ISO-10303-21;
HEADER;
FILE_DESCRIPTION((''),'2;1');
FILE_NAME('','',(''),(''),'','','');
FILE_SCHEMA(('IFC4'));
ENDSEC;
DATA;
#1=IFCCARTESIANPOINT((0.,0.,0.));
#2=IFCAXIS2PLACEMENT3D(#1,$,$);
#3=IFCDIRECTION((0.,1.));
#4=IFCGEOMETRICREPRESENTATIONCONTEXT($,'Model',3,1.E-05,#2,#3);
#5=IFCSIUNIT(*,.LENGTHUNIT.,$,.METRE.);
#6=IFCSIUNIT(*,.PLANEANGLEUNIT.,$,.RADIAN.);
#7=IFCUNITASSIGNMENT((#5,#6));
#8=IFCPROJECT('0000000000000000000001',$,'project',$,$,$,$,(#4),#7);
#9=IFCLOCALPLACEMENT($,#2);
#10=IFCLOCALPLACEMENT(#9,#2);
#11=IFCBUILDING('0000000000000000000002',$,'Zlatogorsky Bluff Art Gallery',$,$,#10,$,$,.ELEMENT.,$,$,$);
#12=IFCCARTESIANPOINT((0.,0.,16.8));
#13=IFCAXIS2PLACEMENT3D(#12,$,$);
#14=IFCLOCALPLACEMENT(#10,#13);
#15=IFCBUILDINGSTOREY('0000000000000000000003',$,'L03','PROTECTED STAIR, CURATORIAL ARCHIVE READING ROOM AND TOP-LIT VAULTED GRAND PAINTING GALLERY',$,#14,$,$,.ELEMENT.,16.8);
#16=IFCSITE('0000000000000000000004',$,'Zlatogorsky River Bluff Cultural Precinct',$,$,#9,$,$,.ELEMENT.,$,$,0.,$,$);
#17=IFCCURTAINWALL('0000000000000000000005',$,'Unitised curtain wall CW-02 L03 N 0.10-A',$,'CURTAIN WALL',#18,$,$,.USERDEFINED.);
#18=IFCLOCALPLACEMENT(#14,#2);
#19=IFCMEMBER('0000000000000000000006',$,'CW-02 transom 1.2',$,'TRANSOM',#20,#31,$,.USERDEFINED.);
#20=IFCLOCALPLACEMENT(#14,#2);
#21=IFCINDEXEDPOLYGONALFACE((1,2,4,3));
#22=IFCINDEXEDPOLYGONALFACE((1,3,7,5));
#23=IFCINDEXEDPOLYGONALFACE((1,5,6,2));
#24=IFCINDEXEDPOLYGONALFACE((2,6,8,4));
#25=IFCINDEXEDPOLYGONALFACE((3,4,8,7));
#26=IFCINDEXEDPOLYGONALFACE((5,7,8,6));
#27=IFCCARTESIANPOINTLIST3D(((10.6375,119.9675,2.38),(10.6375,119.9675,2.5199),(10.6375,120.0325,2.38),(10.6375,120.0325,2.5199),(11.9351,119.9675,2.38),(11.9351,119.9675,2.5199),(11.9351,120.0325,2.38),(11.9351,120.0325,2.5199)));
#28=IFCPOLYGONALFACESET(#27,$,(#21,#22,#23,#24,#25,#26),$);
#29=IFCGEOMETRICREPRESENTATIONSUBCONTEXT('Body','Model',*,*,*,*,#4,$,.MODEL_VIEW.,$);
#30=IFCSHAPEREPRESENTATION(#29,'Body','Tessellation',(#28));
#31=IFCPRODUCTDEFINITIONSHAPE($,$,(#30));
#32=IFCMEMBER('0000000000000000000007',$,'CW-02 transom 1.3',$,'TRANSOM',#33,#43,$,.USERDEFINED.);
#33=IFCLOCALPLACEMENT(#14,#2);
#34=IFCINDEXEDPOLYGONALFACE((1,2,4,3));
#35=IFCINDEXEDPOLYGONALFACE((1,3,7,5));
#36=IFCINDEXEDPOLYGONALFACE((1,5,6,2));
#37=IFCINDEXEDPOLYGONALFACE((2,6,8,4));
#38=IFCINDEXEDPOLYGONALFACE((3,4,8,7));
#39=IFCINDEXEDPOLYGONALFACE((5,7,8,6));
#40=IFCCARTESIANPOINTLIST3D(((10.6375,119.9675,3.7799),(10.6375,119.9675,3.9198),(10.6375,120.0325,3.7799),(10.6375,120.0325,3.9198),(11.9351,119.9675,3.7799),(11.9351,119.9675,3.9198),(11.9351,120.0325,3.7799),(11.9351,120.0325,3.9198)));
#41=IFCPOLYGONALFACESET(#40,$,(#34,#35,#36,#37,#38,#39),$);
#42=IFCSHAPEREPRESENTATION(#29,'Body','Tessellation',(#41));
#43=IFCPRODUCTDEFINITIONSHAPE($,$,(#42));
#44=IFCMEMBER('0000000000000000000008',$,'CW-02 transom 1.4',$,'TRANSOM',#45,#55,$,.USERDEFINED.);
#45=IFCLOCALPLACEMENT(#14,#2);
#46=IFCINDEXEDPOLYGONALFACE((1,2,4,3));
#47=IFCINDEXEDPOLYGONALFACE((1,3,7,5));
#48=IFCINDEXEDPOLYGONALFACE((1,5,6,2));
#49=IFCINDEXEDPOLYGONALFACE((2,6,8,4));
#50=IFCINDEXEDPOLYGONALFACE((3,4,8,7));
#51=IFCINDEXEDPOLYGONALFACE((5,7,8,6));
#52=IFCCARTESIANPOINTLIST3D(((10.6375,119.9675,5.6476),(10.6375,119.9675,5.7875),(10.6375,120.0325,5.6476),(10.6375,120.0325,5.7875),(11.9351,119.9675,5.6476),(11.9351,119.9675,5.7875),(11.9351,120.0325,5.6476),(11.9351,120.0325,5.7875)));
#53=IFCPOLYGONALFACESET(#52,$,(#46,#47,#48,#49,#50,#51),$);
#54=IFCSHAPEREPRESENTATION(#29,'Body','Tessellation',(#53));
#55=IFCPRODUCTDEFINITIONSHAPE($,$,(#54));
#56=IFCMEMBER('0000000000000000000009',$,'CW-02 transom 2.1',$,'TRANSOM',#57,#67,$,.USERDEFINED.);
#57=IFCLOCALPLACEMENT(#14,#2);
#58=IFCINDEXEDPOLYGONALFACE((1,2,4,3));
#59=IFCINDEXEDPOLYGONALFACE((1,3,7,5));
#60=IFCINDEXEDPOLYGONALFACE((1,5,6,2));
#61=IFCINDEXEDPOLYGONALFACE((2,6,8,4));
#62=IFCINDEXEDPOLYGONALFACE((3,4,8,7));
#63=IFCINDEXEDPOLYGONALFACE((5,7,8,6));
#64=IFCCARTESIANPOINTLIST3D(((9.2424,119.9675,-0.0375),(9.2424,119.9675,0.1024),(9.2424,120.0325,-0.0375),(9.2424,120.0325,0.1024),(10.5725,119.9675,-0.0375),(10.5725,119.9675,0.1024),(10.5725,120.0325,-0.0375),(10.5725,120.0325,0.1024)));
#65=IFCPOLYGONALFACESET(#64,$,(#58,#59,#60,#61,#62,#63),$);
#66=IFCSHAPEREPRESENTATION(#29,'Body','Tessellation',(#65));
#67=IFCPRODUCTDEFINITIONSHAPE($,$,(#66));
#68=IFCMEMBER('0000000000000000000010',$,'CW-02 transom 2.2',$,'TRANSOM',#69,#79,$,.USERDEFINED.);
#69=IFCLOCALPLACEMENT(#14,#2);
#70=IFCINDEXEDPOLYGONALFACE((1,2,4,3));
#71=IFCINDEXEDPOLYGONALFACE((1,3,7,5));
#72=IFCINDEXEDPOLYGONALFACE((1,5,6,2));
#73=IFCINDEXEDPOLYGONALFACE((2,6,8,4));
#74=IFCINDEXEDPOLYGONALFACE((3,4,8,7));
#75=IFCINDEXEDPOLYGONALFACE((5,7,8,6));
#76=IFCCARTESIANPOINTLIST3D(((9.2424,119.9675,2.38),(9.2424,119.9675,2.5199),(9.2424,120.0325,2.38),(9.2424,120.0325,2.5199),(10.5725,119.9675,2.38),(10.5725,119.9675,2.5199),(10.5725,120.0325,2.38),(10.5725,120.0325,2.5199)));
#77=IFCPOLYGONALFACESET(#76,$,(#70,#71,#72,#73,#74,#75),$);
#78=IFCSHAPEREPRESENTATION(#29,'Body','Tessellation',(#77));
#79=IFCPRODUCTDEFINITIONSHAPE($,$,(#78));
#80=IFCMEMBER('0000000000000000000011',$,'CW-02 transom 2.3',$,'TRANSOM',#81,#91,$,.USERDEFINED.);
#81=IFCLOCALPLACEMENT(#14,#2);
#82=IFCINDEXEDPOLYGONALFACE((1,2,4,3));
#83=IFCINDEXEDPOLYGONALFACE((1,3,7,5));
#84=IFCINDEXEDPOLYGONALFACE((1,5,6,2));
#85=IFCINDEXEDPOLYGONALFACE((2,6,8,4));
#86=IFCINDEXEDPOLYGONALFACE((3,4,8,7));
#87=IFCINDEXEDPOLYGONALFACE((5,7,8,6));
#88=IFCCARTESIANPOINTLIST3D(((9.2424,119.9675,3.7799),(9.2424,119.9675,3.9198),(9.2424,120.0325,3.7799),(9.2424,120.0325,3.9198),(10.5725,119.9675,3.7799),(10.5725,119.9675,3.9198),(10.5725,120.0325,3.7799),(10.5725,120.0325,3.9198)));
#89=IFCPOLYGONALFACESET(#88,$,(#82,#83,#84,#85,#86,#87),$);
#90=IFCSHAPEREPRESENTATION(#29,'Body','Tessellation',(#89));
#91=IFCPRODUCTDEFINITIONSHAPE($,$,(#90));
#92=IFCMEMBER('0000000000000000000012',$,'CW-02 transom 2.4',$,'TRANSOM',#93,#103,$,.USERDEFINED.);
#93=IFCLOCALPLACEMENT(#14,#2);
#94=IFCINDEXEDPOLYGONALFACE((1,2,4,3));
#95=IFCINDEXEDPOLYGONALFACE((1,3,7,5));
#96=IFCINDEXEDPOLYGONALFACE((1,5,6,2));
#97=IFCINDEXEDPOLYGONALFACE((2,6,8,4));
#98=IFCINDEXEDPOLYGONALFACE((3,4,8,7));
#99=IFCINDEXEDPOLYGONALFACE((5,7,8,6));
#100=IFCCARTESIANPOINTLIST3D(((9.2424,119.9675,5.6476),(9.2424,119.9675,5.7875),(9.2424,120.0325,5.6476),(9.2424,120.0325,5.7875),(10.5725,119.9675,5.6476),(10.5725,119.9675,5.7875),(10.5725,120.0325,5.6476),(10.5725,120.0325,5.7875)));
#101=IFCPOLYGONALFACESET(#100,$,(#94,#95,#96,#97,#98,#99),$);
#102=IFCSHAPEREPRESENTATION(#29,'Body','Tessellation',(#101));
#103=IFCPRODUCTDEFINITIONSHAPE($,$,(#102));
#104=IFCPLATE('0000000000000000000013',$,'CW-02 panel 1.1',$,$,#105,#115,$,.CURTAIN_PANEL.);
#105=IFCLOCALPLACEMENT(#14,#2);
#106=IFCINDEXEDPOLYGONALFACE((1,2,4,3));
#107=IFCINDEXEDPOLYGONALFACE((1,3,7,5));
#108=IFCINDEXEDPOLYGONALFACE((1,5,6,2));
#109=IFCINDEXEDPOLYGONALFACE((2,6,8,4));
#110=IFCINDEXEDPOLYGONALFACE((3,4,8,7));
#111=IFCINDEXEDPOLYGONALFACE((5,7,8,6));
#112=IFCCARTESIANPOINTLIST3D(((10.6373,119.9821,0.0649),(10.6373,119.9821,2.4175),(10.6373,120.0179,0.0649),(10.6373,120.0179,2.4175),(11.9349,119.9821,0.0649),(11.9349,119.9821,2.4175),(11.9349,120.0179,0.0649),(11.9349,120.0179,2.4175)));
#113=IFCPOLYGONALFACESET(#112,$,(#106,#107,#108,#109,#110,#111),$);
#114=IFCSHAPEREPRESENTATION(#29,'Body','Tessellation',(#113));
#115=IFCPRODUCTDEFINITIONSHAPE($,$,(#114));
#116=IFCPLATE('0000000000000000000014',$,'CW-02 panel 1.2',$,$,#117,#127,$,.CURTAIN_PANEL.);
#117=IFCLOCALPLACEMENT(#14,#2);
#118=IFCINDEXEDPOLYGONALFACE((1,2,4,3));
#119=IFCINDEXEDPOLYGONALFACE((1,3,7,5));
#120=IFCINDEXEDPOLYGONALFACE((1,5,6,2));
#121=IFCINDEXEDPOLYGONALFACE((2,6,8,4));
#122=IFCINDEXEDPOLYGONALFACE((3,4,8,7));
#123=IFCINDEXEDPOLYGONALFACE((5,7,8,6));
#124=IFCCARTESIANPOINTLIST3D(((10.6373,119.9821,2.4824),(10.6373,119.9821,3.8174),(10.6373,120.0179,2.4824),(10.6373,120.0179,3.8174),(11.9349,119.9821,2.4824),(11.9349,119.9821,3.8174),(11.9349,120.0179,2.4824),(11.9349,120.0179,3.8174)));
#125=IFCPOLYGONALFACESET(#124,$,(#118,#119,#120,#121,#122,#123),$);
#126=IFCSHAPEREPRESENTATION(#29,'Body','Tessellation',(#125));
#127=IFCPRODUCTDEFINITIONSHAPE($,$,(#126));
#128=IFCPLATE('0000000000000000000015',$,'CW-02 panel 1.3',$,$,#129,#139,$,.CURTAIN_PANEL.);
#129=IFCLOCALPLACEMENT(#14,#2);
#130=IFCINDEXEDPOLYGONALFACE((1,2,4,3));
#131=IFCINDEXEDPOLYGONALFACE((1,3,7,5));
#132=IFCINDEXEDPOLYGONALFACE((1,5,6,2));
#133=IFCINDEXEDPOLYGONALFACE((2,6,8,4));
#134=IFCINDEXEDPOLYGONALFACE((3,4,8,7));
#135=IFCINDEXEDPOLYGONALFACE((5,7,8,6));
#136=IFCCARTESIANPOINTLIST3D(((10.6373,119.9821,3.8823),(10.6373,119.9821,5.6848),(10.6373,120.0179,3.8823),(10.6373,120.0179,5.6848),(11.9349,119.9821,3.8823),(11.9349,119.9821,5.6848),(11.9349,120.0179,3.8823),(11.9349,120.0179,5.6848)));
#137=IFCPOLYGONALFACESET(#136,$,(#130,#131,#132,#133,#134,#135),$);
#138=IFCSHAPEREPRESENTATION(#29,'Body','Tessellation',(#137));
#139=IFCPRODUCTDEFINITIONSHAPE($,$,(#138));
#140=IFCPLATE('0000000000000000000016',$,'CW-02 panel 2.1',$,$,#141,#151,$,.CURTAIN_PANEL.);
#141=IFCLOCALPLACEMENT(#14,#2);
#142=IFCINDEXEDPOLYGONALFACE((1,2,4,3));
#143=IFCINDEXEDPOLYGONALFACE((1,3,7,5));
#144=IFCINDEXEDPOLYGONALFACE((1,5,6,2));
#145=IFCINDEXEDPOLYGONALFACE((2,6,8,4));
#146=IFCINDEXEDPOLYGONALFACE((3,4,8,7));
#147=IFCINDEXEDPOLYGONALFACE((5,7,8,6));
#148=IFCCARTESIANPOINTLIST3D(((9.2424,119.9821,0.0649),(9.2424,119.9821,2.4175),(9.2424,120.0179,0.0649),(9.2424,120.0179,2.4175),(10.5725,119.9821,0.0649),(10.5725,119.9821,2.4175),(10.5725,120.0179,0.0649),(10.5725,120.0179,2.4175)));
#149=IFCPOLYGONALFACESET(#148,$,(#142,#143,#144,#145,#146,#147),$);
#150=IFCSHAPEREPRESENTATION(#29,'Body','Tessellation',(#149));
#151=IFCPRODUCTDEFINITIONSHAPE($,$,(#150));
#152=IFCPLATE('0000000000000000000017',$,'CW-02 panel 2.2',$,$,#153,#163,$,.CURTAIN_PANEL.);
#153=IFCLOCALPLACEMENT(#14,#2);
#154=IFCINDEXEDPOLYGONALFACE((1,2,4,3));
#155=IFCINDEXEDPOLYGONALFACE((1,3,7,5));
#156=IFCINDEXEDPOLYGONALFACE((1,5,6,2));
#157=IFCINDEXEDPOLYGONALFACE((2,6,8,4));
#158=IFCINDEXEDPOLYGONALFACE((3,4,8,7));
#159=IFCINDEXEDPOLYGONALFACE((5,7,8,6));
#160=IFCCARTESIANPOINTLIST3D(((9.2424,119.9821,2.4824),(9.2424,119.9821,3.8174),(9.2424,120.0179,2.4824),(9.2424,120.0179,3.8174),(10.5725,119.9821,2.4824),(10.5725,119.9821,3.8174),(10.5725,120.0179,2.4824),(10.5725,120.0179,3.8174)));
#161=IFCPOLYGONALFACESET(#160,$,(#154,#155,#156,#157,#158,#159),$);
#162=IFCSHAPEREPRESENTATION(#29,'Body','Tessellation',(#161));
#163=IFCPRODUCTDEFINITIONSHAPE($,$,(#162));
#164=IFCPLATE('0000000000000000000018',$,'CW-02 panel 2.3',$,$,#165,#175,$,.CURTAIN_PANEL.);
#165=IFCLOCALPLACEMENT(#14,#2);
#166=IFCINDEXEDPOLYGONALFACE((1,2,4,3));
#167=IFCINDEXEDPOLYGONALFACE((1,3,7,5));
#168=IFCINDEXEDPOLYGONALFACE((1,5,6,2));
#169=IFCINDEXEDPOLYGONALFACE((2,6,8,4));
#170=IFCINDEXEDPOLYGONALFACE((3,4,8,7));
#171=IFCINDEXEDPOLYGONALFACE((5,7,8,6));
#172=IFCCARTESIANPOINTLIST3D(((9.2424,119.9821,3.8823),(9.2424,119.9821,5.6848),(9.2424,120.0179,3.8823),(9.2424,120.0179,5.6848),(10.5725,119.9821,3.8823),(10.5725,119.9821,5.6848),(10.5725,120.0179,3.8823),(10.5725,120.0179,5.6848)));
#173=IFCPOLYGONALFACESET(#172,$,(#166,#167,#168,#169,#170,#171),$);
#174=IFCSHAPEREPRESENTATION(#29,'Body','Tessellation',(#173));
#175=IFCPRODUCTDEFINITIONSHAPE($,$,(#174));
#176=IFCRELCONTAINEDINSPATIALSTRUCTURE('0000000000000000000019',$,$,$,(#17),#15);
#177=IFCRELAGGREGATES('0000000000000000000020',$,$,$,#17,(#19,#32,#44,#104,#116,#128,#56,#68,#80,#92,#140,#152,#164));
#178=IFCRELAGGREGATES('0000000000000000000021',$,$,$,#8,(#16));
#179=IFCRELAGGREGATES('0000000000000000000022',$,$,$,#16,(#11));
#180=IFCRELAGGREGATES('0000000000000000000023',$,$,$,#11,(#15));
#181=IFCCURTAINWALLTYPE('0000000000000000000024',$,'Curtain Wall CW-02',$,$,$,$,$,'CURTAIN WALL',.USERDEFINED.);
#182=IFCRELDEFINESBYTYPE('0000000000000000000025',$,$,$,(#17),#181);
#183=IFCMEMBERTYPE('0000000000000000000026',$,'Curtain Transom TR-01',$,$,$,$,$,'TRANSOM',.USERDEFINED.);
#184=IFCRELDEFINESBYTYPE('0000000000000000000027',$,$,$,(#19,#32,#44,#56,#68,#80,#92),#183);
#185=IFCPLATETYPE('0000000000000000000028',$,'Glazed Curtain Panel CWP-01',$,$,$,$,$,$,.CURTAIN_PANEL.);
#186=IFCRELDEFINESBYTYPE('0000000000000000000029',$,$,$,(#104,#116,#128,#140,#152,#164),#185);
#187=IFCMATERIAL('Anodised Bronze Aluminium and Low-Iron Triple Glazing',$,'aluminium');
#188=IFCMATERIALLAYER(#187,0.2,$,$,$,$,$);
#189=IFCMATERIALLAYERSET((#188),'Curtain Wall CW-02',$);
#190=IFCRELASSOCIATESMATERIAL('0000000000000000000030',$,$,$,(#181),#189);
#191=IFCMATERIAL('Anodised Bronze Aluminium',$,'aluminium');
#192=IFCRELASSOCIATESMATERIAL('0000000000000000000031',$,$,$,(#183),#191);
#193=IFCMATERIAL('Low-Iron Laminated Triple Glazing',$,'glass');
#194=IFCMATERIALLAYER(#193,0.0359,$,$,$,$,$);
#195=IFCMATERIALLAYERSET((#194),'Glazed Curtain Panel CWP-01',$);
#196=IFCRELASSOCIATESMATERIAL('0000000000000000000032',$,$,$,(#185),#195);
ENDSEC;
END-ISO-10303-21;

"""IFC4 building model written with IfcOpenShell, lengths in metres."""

from ifc_helpers import new_model, si_unit, direction, frame, origin, origin_2d, place, context, subcontext, project, spatial, rectangle, extrude, material, layer, layer_set, material_profile, profile_set, type_object, element, aggregate, save


model = new_model("IFC4")

# Units and contexts
model_context = context("Model", 3, precision=1e-05, world=origin(), true_north=direction((0.0, 1.0)))
body_context = subcontext(model_context, "Body", "Model", "MODEL_VIEW")
ifc_project = project(units=[si_unit("LENGTHUNIT", "METRE"), si_unit("PLANEANGLEUNIT", "RADIAN")], contexts=[model_context])

# Site, building, storey
site_placement = place(None, origin())
site = spatial("IfcSite", under=ifc_project, at=site_placement, Name="Zlatogorsky River Bluff Cultural Precinct", CompositionType="ELEMENT", RefElevation=0.0)
building_placement = place(site_placement, origin())
building = spatial("IfcBuilding", under=site, at=building_placement, Name="Zlatogorsky Bluff Art Gallery", CompositionType="ELEMENT")
storey_placement = place(building_placement, frame((0.0, 0.0, 16.8)))
storey = spatial("IfcBuildingStorey", under=building, at=storey_placement, Name="L03", Description="PROTECTED STAIR, CURATORIAL ARCHIVE READING ROOM AND TOP-LIT VAULTED GRAND PAINTING GALLERY", CompositionType="ELEMENT", Elevation=16.8)

# Curtain wall, members, plates
ifc_material_1 = material(Name="Anodised Bronze Aluminium and Low-Iron Triple Glazing", Category="aluminium")
ifc_layer_1 = layer(ifc_material_1, 0.2)
ifc_layer_set_1 = layer_set([ifc_layer_1], Name="Curtain Wall CW-02")
curtain_wall_type = type_object("IfcCurtainWallType", Name="Curtain Wall CW-02", ElementType="CURTAIN WALL", PredefinedType="USERDEFINED", material=ifc_layer_set_1)
curtain_wall_placement = place(storey_placement, origin())
curtain_wall = element("IfcCurtainWall", 1, at=curtain_wall_placement, inside=storey, type_object=curtain_wall_type, Name="Unitised curtain wall CW-02 L03 N 0.10-A", ObjectType="CURTAIN WALL", PredefinedType="USERDEFINED")
ifc_material_2 = material(Name="Anodised Bronze Aluminium", Category="aluminium")
ifc_material_profile_1 = material_profile(ifc_material_2, rectangle(XDim=0.0649, YDim=0.1399, at=origin_2d()), Name="ALU TRANSOM 65x140")
ifc_profile_set_1 = profile_set([ifc_material_profile_1], Name="Anodised Bronze Aluminium")
member_type_1 = type_object("IfcMemberType", Name="Curtain Transom TR-01", ElementType="TRANSOM", PredefinedType="USERDEFINED", material=ifc_profile_set_1)
member_1_placement = place(storey_placement, frame((11.9351, 120.0, 2.45), z_axis=(-1.0, 0.0, 0.0), x_axis=(0.0, -1.0, 0.0)))
member_1 = element("IfcMember", 2, at=member_1_placement, type_object=member_type_1, Name="CW-02 transom 1.2", ObjectType="TRANSOM", PredefinedType="USERDEFINED", context=body_context, shape_type="SweptSolid", body=[
    extrude(rectangle(XDim=0.0649, YDim=0.1399, at=origin_2d()), origin(), (0.0, 0.0, 1.0), 1.2976),
])
member_2_placement = place(storey_placement, frame((11.9351, 120.0, 3.8499), z_axis=(-1.0, 0.0, 0.0), x_axis=(0.0, -1.0, 0.0)))
member_2 = element("IfcMember", 3, at=member_2_placement, type_object=member_type_1, Name="CW-02 transom 1.3", ObjectType="TRANSOM", PredefinedType="USERDEFINED", context=body_context, shape_type="SweptSolid", body=[
    extrude(rectangle(XDim=0.0649, YDim=0.1399, at=origin_2d()), origin(), (0.0, 0.0, 1.0), 1.2976),
])
member_3_placement = place(storey_placement, frame((11.9351, 120.0, 5.7175), z_axis=(-1.0, 0.0, 0.0), x_axis=(0.0, -1.0, 0.0)))
member_3 = element("IfcMember", 4, at=member_3_placement, type_object=member_type_1, Name="CW-02 transom 1.4", ObjectType="TRANSOM", PredefinedType="USERDEFINED", context=body_context, shape_type="SweptSolid", body=[
    extrude(rectangle(XDim=0.0649, YDim=0.1399, at=origin_2d()), origin(), (0.0, 0.0, 1.0), 1.2976),
])
member_4_placement = place(storey_placement, frame((10.5725, 120.0, 0.0325), z_axis=(-1.0, 0.0, 0.0), x_axis=(0.0, -1.0, 0.0)))
member_4 = element("IfcMember", 5, at=member_4_placement, type_object=member_type_1, Name="CW-02 transom 2.1", ObjectType="TRANSOM", PredefinedType="USERDEFINED", context=body_context, shape_type="SweptSolid", body=[
    extrude(rectangle(XDim=0.0649, YDim=0.1399, at=origin_2d()), origin(), (0.0, 0.0, 1.0), 1.3301),
])
member_5_placement = place(storey_placement, frame((10.5725, 120.0, 2.45), z_axis=(-1.0, 0.0, 0.0), x_axis=(0.0, -1.0, 0.0)))
member_5 = element("IfcMember", 6, at=member_5_placement, type_object=member_type_1, Name="CW-02 transom 2.2", ObjectType="TRANSOM", PredefinedType="USERDEFINED", context=body_context, shape_type="SweptSolid", body=[
    extrude(rectangle(XDim=0.0649, YDim=0.1399, at=origin_2d()), origin(), (0.0, 0.0, 1.0), 1.3301),
])
member_6_placement = place(storey_placement, frame((10.5725, 120.0, 3.8499), z_axis=(-1.0, 0.0, 0.0), x_axis=(0.0, -1.0, 0.0)))
member_6 = element("IfcMember", 7, at=member_6_placement, type_object=member_type_1, Name="CW-02 transom 2.3", ObjectType="TRANSOM", PredefinedType="USERDEFINED", context=body_context, shape_type="SweptSolid", body=[
    extrude(rectangle(XDim=0.0649, YDim=0.1399, at=origin_2d()), origin(), (0.0, 0.0, 1.0), 1.3301),
])
member_7_placement = place(storey_placement, frame((10.5725, 120.0, 5.7175), z_axis=(-1.0, 0.0, 0.0), x_axis=(0.0, -1.0, 0.0)))
member_7 = element("IfcMember", 8, at=member_7_placement, type_object=member_type_1, Name="CW-02 transom 2.4", ObjectType="TRANSOM", PredefinedType="USERDEFINED", context=body_context, shape_type="SweptSolid", body=[
    extrude(rectangle(XDim=0.0649, YDim=0.1399, at=origin_2d()), origin(), (0.0, 0.0, 1.0), 1.3301),
])
ifc_material_3 = material(Name="Low-Iron Laminated Triple Glazing", Category="glass")
ifc_layer_2 = layer(ifc_material_3, 0.0359)
ifc_layer_set_2 = layer_set([ifc_layer_2], Name="Glazed Curtain Panel CWP-01")
plate_type = type_object("IfcPlateType", Name="Glazed Curtain Panel CWP-01", PredefinedType="CURTAIN_PANEL", material=ifc_layer_set_2)
plate_1_placement = place(storey_placement, frame((11.2861, 120.0, 0.0649), z_axis=(0.0, 0.0, 1.0), x_axis=(-1.0, 0.0, 0.0)))
plate_1 = element("IfcPlate", 9, at=plate_1_placement, type_object=plate_type, Name="CW-02 panel 1.1", PredefinedType="CURTAIN_PANEL", context=body_context, shape_type="SweptSolid", body=[
    extrude(rectangle(XDim=1.2976, YDim=0.0359, at=origin_2d()), origin(), (0.0, 0.0, 1.0), 2.3525),
])
plate_2_placement = place(storey_placement, frame((11.2861, 120.0, 2.4824), z_axis=(0.0, 0.0, 1.0), x_axis=(-1.0, 0.0, 0.0)))
plate_2 = element("IfcPlate", 10, at=plate_2_placement, type_object=plate_type, Name="CW-02 panel 1.2", PredefinedType="CURTAIN_PANEL", context=body_context, shape_type="SweptSolid", body=[
    extrude(rectangle(XDim=1.2976, YDim=0.0359, at=origin_2d()), origin(), (0.0, 0.0, 1.0), 1.335),
])
plate_3_placement = place(storey_placement, frame((11.2861, 120.0, 3.8823), z_axis=(0.0, 0.0, 1.0), x_axis=(-1.0, 0.0, 0.0)))
plate_3 = element("IfcPlate", 11, at=plate_3_placement, type_object=plate_type, Name="CW-02 panel 1.3", PredefinedType="CURTAIN_PANEL", context=body_context, shape_type="SweptSolid", body=[
    extrude(rectangle(XDim=1.2976, YDim=0.0359, at=origin_2d()), origin(), (0.0, 0.0, 1.0), 1.8025),
])
plate_4_placement = place(storey_placement, frame((9.9075, 120.0, 0.0649), z_axis=(0.0, 0.0, 1.0), x_axis=(-1.0, 0.0, 0.0)))
plate_4 = element("IfcPlate", 12, at=plate_4_placement, type_object=plate_type, Name="CW-02 panel 2.1", PredefinedType="CURTAIN_PANEL", context=body_context, shape_type="SweptSolid", body=[
    extrude(rectangle(XDim=1.3301, YDim=0.0359, at=origin_2d()), origin(), (0.0, 0.0, 1.0), 2.3525),
])
plate_5_placement = place(storey_placement, frame((9.9075, 120.0, 2.4824), z_axis=(0.0, 0.0, 1.0), x_axis=(-1.0, 0.0, 0.0)))
plate_5 = element("IfcPlate", 13, at=plate_5_placement, type_object=plate_type, Name="CW-02 panel 2.2", PredefinedType="CURTAIN_PANEL", context=body_context, shape_type="SweptSolid", body=[
    extrude(rectangle(XDim=1.3301, YDim=0.0359, at=origin_2d()), origin(), (0.0, 0.0, 1.0), 1.335),
])
plate_6_placement = place(storey_placement, frame((9.9075, 120.0, 3.8823), z_axis=(0.0, 0.0, 1.0), x_axis=(-1.0, 0.0, 0.0)))
plate_6 = element("IfcPlate", 14, at=plate_6_placement, type_object=plate_type, Name="CW-02 panel 2.3", PredefinedType="CURTAIN_PANEL", context=body_context, shape_type="SweptSolid", body=[
    extrude(rectangle(XDim=1.3301, YDim=0.0359, at=origin_2d()), origin(), (0.0, 0.0, 1.0), 1.8025),
])
aggregate(curtain_wall, [member_1, member_2, member_3, plate_1, plate_2, plate_3, member_4, member_5, member_6, member_7, plate_4, plate_5, plate_6])

save(model, "model.ifc")
